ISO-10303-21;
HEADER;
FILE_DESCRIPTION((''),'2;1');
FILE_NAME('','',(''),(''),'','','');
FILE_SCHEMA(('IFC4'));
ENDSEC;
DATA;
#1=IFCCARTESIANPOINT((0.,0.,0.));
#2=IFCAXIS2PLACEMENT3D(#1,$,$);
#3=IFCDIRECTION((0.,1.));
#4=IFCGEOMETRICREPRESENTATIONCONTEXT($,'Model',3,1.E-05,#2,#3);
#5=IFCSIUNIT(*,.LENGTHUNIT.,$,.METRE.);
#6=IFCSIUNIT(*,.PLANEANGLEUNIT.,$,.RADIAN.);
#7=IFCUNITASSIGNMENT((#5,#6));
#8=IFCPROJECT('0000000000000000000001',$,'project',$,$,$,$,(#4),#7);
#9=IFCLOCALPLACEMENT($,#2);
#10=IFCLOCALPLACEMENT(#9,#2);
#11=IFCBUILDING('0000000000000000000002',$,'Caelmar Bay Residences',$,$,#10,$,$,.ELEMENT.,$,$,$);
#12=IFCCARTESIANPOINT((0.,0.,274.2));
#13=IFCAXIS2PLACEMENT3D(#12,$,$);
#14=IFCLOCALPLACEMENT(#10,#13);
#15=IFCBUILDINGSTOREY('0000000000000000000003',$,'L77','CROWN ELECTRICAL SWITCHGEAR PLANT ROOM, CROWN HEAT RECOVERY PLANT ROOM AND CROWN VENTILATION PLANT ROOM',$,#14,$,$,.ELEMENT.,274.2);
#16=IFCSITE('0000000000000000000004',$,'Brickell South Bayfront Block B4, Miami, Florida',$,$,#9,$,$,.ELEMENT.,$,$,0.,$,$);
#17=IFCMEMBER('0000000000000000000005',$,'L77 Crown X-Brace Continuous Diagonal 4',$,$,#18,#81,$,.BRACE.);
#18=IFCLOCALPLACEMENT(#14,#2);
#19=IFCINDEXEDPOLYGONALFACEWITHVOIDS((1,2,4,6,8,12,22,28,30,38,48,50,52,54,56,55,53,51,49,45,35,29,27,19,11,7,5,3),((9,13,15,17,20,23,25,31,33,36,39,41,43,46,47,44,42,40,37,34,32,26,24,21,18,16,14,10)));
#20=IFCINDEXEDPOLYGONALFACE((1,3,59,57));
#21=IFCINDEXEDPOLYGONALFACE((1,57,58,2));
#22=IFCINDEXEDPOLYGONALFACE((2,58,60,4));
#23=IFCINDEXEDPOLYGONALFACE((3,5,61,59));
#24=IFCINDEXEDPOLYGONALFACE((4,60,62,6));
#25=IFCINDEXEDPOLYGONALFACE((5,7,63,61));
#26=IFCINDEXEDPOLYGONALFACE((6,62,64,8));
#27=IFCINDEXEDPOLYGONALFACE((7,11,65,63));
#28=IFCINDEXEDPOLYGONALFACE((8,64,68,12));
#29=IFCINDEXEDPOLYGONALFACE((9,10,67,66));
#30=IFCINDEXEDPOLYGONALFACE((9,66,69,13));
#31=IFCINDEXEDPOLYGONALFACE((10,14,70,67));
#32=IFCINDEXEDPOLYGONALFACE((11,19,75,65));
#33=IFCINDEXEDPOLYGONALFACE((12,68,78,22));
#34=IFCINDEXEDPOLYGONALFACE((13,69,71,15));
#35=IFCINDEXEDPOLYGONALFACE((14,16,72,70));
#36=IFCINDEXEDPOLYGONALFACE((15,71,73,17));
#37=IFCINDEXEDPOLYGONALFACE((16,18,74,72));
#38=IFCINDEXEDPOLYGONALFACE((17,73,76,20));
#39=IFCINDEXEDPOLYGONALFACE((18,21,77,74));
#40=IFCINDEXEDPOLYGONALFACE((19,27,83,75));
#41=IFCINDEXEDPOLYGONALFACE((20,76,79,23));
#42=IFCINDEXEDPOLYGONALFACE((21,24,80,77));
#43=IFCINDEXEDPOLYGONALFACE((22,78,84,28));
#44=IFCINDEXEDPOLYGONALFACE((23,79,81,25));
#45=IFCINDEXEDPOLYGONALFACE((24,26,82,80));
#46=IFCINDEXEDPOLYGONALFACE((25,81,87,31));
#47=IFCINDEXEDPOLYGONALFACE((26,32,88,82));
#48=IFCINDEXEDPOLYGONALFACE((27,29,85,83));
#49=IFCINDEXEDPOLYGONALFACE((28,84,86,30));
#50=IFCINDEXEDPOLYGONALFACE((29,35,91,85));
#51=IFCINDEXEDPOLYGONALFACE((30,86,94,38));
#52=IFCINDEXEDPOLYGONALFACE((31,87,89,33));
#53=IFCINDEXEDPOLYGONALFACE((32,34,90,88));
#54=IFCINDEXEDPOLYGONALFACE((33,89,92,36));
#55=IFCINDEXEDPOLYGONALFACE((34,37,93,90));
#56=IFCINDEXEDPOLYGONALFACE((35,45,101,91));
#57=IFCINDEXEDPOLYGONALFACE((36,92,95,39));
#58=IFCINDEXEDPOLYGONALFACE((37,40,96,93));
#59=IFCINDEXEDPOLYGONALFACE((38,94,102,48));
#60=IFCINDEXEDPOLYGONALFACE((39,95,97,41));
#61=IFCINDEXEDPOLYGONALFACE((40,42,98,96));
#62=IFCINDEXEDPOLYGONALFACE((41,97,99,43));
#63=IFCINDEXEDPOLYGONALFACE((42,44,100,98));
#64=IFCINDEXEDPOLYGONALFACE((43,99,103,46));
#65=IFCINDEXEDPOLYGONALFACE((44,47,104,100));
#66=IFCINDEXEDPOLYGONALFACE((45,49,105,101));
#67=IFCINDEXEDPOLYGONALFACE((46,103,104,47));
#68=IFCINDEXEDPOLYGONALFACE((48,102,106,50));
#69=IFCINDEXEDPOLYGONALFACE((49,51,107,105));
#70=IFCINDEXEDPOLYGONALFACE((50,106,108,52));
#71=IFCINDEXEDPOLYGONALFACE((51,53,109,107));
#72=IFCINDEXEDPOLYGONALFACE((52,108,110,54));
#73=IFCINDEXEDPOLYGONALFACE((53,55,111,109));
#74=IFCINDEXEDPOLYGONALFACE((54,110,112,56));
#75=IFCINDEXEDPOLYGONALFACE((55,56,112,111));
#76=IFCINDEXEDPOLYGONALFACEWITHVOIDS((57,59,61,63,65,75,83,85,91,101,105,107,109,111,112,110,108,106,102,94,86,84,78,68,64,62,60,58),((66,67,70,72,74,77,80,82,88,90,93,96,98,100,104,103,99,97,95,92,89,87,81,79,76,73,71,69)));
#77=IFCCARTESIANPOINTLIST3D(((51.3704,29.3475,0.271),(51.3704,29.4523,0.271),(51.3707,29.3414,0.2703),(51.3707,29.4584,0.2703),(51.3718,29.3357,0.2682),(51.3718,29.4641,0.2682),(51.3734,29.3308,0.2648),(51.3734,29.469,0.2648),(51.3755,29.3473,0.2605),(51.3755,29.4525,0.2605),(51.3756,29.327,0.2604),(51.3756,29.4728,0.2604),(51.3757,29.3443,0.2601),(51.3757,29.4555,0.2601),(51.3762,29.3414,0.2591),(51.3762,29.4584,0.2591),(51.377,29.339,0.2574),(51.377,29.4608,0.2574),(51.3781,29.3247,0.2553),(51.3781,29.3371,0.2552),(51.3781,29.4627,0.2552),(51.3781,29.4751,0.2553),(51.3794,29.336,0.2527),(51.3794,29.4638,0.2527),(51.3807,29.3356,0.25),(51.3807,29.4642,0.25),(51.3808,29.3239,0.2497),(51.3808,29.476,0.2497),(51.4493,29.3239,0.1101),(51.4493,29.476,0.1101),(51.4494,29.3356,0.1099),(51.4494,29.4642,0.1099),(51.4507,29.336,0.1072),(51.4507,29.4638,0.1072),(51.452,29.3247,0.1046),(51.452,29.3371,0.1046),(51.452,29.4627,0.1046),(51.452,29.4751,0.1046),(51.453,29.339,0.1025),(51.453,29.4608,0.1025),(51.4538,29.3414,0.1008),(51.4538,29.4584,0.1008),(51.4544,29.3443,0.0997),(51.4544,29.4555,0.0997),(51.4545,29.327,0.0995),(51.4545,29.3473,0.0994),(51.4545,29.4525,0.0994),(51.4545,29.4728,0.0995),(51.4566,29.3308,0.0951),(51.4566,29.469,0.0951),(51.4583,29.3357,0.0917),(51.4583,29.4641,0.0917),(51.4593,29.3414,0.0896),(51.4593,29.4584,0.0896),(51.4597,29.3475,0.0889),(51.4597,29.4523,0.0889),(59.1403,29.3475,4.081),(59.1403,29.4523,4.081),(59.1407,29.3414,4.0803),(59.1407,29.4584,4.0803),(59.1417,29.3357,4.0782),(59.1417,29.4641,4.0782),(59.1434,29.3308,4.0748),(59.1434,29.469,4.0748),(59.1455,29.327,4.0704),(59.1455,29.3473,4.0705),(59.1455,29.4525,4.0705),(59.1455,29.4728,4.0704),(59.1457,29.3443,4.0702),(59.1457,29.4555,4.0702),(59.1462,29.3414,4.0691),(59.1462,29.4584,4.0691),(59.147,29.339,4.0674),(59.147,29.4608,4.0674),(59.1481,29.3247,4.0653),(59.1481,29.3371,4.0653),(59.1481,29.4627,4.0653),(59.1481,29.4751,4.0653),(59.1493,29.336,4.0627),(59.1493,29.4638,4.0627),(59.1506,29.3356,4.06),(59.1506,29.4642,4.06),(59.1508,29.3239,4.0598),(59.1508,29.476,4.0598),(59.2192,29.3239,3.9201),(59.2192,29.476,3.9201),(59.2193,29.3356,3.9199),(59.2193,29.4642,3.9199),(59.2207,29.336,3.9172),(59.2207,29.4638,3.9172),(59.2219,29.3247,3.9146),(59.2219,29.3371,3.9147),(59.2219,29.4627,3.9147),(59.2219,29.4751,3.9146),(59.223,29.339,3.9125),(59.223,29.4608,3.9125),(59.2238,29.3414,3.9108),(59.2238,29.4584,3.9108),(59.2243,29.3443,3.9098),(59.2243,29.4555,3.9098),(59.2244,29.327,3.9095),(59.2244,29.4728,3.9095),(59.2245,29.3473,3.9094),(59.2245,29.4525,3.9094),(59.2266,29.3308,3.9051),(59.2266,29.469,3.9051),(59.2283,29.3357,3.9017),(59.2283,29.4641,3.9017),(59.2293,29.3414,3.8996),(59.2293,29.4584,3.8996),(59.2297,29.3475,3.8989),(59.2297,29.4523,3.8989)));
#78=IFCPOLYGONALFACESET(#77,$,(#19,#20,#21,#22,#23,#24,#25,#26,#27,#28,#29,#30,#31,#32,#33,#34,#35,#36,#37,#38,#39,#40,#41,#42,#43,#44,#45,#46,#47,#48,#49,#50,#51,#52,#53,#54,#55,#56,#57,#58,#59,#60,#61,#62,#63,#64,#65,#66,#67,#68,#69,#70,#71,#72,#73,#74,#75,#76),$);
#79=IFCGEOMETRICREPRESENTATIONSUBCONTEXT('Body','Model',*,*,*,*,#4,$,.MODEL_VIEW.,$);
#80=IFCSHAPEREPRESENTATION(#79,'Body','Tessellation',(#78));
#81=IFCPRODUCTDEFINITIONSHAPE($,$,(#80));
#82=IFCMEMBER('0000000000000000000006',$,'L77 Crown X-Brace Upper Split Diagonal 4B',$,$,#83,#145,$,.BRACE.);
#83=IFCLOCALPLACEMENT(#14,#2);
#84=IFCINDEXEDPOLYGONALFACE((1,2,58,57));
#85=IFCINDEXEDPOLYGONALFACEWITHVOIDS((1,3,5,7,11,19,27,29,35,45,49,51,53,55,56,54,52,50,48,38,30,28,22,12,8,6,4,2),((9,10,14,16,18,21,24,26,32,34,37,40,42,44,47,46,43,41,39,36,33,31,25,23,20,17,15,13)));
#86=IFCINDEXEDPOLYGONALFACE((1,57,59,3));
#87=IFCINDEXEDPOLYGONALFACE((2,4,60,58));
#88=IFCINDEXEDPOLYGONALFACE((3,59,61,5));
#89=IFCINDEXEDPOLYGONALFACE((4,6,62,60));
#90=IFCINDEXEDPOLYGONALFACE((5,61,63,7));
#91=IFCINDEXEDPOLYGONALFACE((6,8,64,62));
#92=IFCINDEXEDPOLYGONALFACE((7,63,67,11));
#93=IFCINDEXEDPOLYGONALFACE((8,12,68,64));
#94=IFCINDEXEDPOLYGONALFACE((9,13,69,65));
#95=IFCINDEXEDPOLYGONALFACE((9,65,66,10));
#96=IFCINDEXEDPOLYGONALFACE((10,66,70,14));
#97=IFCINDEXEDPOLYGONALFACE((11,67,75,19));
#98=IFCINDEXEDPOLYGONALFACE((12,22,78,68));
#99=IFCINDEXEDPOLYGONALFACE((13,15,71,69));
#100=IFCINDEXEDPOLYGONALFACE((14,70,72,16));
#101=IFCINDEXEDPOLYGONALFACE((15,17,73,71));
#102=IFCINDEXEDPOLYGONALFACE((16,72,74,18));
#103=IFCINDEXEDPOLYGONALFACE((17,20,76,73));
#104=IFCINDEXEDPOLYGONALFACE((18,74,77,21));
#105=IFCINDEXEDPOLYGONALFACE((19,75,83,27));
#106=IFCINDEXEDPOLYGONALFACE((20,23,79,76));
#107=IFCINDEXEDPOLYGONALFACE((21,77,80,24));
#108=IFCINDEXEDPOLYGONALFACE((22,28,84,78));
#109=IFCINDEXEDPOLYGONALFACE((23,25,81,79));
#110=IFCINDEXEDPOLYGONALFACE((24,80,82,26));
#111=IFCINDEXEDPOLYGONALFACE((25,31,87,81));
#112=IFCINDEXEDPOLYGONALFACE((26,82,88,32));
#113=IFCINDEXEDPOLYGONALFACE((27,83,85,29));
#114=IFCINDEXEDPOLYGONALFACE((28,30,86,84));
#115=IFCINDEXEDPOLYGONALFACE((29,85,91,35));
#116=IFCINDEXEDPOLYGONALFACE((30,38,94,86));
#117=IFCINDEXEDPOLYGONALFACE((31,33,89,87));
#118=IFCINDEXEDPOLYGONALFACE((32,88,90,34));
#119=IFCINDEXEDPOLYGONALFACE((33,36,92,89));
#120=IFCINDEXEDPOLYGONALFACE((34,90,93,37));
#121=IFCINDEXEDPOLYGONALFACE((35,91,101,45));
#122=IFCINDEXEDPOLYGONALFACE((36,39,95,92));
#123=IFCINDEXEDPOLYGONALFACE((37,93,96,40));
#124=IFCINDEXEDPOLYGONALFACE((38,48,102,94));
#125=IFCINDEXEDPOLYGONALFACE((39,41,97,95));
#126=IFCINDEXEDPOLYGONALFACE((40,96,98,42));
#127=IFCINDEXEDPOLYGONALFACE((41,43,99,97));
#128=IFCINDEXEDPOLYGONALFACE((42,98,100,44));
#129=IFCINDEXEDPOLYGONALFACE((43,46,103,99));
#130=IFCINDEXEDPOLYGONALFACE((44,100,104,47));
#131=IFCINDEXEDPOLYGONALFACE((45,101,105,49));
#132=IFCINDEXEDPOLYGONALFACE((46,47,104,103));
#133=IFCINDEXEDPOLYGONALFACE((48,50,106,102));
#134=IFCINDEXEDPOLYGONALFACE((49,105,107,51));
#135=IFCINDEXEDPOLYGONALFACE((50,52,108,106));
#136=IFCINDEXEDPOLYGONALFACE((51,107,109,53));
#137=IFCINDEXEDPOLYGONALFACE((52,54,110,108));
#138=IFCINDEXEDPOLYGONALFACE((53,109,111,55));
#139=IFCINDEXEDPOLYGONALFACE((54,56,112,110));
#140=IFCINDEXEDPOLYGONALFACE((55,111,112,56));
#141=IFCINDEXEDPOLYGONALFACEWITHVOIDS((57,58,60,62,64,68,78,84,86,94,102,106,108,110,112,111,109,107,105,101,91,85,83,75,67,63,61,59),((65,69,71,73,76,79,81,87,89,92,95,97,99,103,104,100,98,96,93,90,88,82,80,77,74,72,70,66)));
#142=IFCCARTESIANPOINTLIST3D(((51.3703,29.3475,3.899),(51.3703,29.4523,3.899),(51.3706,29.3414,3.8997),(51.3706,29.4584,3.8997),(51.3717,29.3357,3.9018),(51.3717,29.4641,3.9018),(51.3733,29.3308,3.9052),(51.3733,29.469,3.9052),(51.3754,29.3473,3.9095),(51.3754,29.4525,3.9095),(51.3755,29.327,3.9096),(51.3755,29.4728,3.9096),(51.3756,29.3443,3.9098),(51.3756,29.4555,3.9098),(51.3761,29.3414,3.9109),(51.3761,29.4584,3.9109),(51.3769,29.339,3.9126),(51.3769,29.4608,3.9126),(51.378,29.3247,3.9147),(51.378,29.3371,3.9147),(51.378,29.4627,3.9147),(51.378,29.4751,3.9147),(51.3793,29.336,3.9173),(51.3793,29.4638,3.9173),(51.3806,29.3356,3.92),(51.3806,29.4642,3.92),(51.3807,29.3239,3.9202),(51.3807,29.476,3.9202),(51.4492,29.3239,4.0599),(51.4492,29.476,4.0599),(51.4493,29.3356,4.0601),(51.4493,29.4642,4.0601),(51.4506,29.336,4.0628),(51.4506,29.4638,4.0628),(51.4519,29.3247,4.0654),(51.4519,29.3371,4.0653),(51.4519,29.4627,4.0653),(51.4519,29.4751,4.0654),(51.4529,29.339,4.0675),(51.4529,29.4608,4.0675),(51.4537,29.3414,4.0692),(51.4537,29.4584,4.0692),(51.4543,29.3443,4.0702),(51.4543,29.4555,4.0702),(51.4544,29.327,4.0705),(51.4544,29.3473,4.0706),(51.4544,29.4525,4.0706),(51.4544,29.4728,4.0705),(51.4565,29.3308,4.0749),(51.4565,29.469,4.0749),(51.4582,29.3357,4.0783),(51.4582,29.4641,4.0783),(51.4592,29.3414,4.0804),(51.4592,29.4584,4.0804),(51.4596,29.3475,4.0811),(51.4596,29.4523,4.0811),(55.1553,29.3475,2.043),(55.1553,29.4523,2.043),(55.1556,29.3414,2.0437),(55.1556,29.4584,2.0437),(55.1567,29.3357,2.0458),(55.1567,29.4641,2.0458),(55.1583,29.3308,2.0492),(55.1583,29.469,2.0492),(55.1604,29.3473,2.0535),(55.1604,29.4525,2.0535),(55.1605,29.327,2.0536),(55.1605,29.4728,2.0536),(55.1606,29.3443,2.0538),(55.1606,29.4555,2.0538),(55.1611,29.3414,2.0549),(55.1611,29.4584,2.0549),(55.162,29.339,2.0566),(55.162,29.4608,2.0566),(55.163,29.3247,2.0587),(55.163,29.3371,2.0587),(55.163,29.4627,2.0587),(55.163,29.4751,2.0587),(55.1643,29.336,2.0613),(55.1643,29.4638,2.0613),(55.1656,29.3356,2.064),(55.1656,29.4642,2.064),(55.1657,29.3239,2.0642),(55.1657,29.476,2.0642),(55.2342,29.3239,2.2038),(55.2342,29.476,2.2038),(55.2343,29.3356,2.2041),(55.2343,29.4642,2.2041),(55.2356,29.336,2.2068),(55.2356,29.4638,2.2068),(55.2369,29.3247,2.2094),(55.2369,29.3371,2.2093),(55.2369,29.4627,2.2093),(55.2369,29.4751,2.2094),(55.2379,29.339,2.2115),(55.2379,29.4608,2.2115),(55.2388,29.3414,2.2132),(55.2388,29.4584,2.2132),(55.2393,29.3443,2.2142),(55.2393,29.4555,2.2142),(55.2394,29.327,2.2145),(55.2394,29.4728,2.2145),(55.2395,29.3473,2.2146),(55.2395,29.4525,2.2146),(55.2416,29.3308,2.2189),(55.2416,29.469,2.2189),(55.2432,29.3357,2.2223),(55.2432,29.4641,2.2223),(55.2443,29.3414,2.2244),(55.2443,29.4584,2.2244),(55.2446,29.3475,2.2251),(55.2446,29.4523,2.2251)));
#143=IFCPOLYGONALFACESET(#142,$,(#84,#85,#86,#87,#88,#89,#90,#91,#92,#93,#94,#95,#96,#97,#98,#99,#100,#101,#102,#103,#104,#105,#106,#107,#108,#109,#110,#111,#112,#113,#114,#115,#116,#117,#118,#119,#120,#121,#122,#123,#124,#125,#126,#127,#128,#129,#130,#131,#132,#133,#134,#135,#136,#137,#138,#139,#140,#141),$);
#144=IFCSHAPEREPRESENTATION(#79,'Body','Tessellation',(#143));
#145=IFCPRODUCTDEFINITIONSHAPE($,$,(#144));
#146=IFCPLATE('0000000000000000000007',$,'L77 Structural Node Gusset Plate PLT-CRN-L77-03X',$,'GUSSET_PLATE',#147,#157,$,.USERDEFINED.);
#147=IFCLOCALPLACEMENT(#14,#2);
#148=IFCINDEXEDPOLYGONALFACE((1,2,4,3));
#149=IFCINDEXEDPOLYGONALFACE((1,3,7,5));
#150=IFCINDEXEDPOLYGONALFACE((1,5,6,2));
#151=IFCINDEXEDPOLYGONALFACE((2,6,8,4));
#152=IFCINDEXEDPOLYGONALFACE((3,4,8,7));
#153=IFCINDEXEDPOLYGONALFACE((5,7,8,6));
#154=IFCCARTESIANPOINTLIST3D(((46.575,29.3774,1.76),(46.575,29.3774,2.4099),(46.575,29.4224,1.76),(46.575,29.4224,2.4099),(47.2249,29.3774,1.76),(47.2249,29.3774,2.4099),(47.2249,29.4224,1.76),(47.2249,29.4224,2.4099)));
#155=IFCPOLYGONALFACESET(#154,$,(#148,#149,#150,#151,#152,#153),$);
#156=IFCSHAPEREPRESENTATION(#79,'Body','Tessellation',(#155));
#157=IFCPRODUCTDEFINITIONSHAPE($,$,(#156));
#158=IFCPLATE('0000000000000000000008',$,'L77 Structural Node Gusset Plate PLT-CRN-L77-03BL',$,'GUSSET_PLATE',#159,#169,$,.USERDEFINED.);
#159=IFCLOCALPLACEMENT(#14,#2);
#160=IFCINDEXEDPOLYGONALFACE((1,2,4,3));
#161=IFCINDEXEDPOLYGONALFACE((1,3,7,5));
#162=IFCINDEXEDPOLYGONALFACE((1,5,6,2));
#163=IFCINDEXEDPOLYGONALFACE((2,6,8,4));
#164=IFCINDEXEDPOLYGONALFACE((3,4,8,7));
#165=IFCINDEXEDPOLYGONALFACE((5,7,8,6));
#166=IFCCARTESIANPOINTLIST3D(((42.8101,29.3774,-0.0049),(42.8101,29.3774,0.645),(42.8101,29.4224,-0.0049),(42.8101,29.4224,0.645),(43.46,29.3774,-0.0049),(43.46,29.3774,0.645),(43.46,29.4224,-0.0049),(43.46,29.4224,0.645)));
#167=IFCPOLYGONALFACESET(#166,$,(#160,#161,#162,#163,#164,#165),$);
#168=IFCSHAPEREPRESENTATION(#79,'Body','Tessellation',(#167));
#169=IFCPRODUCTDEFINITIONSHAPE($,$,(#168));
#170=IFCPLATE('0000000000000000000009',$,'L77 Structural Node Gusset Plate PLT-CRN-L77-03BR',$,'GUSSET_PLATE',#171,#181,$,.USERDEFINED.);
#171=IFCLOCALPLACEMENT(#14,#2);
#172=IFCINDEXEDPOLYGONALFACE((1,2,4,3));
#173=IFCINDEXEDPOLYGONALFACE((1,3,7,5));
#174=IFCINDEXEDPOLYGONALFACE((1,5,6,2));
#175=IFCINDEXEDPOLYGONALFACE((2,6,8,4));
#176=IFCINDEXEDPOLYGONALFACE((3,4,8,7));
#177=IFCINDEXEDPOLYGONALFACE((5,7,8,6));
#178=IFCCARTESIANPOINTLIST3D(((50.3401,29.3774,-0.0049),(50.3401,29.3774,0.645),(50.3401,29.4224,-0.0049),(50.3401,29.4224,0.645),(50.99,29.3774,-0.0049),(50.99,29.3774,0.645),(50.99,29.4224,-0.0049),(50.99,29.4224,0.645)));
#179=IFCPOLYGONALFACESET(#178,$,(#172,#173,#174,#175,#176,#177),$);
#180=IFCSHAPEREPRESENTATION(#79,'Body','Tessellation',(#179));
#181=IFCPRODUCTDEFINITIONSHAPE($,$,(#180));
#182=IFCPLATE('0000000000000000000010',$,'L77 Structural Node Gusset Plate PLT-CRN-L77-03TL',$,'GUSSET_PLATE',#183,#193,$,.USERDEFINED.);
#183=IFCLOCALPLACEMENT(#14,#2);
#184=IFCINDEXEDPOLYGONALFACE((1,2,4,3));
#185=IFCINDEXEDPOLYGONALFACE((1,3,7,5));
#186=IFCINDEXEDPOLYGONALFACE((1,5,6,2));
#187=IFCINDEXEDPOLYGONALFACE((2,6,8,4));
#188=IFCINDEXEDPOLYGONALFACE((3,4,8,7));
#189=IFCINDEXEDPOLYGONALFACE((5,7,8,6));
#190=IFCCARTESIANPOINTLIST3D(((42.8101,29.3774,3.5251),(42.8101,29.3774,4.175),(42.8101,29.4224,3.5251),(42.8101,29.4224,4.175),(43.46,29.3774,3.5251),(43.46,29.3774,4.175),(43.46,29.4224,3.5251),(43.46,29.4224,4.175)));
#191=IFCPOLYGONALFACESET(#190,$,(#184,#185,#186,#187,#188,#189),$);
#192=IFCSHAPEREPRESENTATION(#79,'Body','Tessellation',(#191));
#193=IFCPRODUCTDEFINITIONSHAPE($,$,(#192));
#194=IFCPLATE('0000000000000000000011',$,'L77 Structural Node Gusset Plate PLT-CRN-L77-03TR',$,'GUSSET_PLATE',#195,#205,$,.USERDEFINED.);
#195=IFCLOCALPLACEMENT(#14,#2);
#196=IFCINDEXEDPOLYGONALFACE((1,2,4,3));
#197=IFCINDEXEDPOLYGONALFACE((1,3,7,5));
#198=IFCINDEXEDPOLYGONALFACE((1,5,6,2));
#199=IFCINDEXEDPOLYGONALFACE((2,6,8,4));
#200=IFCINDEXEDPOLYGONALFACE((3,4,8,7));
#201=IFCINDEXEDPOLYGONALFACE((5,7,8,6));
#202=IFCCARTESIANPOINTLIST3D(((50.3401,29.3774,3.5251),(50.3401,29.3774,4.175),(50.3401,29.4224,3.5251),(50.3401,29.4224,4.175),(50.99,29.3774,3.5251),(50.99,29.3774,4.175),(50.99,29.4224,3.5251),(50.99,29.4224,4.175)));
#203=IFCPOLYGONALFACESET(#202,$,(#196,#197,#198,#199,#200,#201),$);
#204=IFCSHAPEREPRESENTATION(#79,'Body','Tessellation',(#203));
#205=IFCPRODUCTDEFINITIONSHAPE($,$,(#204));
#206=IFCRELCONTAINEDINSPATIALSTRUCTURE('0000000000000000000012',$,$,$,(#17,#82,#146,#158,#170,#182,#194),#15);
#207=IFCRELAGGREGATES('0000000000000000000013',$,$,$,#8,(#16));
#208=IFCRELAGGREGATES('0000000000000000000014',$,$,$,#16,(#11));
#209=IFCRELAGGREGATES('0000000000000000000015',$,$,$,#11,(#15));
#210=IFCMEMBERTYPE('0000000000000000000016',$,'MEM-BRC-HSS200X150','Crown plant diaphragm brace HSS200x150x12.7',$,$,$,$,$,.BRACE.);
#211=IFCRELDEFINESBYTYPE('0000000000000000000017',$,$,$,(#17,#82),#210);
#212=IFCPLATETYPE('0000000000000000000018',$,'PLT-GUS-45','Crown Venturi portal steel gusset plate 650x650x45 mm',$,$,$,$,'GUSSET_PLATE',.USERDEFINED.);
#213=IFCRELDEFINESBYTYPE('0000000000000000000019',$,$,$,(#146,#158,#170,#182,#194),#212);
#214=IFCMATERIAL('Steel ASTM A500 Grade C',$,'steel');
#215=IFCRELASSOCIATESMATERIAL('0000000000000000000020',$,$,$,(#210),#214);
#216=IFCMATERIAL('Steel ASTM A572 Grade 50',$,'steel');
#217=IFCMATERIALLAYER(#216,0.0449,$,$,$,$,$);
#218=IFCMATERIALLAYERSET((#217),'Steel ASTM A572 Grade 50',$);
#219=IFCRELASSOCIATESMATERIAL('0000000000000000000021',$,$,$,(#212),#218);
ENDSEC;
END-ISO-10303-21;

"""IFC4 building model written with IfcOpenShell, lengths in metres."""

from ifc_helpers import new_model, si_unit, direction, frame, origin, origin_2d, place, context, subcontext, project, spatial, rectangle, hollow_rectangle, extrude, material, layer, layer_set, material_profile, profile_set, type_object, element, save


model = new_model("IFC4")

# Units and contexts
model_context = context("Model", 3, precision=1e-05, world=origin(), true_north=direction((0.0, 1.0)))
body_context = subcontext(model_context, "Body", "Model", "MODEL_VIEW")
ifc_project = project(units=[si_unit("LENGTHUNIT", "METRE"), si_unit("PLANEANGLEUNIT", "RADIAN")], contexts=[model_context])

# Site, building, storey
site_placement = place(None, origin())
site = spatial("IfcSite", under=ifc_project, at=site_placement, Name="Brickell South Bayfront Block B4, Miami, Florida", CompositionType="ELEMENT", RefElevation=0.0)
building_placement = place(site_placement, origin())
building = spatial("IfcBuilding", under=site, at=building_placement, Name="Caelmar Bay Residences", CompositionType="ELEMENT")
storey_placement = place(building_placement, frame((0.0, 0.0, 274.2)))
storey = spatial("IfcBuildingStorey", under=building, at=storey_placement, Name="L77", Description="CROWN ELECTRICAL SWITCHGEAR PLANT ROOM, CROWN HEAT RECOVERY PLANT ROOM AND CROWN VENTILATION PLANT ROOM", CompositionType="ELEMENT", Elevation=274.2)

# Members
ifc_material_1 = material(Name="Steel ASTM A500 Grade C", Category="steel")
ifc_material_profile_1 = material_profile(ifc_material_1, hollow_rectangle(XDim=0.1521, YDim=0.2029, WallThickness=0.0117, InnerFilletRadius=0.0117, OuterFilletRadius=0.0237, at=origin_2d()), Name="HSS200X150X12.7")
ifc_profile_set_1 = profile_set([ifc_material_profile_1], Name="Steel ASTM A500 Grade C")
member_type = type_object("IfcMemberType", Name="MEM-BRC-HSS200X150", Description="Crown plant diaphragm brace HSS200x150x12.7", PredefinedType="BRACE", material=ifc_profile_set_1)
member_1_placement = place(storey_placement, frame((51.415, 29.3999, 0.1799), z_axis=(0.897865, 0.0, 0.440271), x_axis=(0.0, 1.0, 0.0)))
element("IfcMember", 1, at=member_1_placement, inside=storey, type_object=member_type, Name="L77 Crown X-Brace Continuous Diagonal 4", PredefinedType="BRACE", context=body_context, shape_type="SweptSolid", body=[
    extrude(hollow_rectangle(XDim=0.1521, YDim=0.2029, WallThickness=0.0117, InnerFilletRadius=0.0117, OuterFilletRadius=0.0237, at=origin_2d()), origin(), (0.0, 0.0, 1.0), 8.6538),
])
member_2_placement = place(storey_placement, frame((55.2, 29.3999, 2.134), z_axis=(-0.897864, 0.0, 0.440273), x_axis=(0.0, -1.0, 0.0)))
element("IfcMember", 2, at=member_2_placement, inside=storey, type_object=member_type, Name="L77 Crown X-Brace Upper Split Diagonal 4B", PredefinedType="BRACE", context=body_context, shape_type="SweptSolid", body=[
    extrude(hollow_rectangle(XDim=0.1521, YDim=0.2029, WallThickness=0.0117, InnerFilletRadius=0.0117, OuterFilletRadius=0.0237, at=origin_2d()), origin(), (0.0, 0.0, 1.0), 4.2156),
])

# Plates
ifc_material_2 = material(Name="Steel ASTM A572 Grade 50", Category="steel")
ifc_layer_1 = layer(ifc_material_2, 0.0449)
ifc_layer_set_1 = layer_set([ifc_layer_1], Name="Steel ASTM A572 Grade 50")
plate_type = type_object("IfcPlateType", Name="PLT-GUS-45", Description="Crown Venturi portal steel gusset plate 650x650x45 mm", ElementType="GUSSET_PLATE", PredefinedType="USERDEFINED", material=ifc_layer_set_1)
for number, where, z_axis, x_axis, name in (
    (3, (46.8999, 29.3999, 1.76), (0.0, 0.0, 1.0), (1.0, 0.0, 0.0), "L77 Structural Node Gusset Plate PLT-CRN-L77-03X"),
    (4, (43.135, 29.3999, -0.0049), (0.0, 0.0, 1.0), (1.0, 0.0, 0.0), "L77 Structural Node Gusset Plate PLT-CRN-L77-03BL"),
    (5, (50.665, 29.3999, -0.0049), (0.0, 0.0, 1.0), (1.0, 0.0, 0.0), "L77 Structural Node Gusset Plate PLT-CRN-L77-03BR"),
    (6, (43.135, 29.3999, 3.5251), (0.0, 0.0, 1.0), (1.0, 0.0, 0.0), "L77 Structural Node Gusset Plate PLT-CRN-L77-03TL"),
    (7, (50.665, 29.3999, 3.5251), (0.0, 0.0, 1.0), (1.0, 0.0, 0.0), "L77 Structural Node Gusset Plate PLT-CRN-L77-03TR"),
):
    element("IfcPlate", number, at=place(storey_placement, frame(where, z_axis=z_axis, x_axis=x_axis)), inside=storey, type_object=plate_type, Name=name, ObjectType="GUSSET_PLATE", PredefinedType="USERDEFINED", context=body_context, shape_type="SweptSolid", body=[
        extrude(rectangle(XDim=0.6499, YDim=0.0449, at=origin_2d()), origin(), (0.0, 0.0, 1.0), 0.6499),
    ])

save(model, "model.ifc")
